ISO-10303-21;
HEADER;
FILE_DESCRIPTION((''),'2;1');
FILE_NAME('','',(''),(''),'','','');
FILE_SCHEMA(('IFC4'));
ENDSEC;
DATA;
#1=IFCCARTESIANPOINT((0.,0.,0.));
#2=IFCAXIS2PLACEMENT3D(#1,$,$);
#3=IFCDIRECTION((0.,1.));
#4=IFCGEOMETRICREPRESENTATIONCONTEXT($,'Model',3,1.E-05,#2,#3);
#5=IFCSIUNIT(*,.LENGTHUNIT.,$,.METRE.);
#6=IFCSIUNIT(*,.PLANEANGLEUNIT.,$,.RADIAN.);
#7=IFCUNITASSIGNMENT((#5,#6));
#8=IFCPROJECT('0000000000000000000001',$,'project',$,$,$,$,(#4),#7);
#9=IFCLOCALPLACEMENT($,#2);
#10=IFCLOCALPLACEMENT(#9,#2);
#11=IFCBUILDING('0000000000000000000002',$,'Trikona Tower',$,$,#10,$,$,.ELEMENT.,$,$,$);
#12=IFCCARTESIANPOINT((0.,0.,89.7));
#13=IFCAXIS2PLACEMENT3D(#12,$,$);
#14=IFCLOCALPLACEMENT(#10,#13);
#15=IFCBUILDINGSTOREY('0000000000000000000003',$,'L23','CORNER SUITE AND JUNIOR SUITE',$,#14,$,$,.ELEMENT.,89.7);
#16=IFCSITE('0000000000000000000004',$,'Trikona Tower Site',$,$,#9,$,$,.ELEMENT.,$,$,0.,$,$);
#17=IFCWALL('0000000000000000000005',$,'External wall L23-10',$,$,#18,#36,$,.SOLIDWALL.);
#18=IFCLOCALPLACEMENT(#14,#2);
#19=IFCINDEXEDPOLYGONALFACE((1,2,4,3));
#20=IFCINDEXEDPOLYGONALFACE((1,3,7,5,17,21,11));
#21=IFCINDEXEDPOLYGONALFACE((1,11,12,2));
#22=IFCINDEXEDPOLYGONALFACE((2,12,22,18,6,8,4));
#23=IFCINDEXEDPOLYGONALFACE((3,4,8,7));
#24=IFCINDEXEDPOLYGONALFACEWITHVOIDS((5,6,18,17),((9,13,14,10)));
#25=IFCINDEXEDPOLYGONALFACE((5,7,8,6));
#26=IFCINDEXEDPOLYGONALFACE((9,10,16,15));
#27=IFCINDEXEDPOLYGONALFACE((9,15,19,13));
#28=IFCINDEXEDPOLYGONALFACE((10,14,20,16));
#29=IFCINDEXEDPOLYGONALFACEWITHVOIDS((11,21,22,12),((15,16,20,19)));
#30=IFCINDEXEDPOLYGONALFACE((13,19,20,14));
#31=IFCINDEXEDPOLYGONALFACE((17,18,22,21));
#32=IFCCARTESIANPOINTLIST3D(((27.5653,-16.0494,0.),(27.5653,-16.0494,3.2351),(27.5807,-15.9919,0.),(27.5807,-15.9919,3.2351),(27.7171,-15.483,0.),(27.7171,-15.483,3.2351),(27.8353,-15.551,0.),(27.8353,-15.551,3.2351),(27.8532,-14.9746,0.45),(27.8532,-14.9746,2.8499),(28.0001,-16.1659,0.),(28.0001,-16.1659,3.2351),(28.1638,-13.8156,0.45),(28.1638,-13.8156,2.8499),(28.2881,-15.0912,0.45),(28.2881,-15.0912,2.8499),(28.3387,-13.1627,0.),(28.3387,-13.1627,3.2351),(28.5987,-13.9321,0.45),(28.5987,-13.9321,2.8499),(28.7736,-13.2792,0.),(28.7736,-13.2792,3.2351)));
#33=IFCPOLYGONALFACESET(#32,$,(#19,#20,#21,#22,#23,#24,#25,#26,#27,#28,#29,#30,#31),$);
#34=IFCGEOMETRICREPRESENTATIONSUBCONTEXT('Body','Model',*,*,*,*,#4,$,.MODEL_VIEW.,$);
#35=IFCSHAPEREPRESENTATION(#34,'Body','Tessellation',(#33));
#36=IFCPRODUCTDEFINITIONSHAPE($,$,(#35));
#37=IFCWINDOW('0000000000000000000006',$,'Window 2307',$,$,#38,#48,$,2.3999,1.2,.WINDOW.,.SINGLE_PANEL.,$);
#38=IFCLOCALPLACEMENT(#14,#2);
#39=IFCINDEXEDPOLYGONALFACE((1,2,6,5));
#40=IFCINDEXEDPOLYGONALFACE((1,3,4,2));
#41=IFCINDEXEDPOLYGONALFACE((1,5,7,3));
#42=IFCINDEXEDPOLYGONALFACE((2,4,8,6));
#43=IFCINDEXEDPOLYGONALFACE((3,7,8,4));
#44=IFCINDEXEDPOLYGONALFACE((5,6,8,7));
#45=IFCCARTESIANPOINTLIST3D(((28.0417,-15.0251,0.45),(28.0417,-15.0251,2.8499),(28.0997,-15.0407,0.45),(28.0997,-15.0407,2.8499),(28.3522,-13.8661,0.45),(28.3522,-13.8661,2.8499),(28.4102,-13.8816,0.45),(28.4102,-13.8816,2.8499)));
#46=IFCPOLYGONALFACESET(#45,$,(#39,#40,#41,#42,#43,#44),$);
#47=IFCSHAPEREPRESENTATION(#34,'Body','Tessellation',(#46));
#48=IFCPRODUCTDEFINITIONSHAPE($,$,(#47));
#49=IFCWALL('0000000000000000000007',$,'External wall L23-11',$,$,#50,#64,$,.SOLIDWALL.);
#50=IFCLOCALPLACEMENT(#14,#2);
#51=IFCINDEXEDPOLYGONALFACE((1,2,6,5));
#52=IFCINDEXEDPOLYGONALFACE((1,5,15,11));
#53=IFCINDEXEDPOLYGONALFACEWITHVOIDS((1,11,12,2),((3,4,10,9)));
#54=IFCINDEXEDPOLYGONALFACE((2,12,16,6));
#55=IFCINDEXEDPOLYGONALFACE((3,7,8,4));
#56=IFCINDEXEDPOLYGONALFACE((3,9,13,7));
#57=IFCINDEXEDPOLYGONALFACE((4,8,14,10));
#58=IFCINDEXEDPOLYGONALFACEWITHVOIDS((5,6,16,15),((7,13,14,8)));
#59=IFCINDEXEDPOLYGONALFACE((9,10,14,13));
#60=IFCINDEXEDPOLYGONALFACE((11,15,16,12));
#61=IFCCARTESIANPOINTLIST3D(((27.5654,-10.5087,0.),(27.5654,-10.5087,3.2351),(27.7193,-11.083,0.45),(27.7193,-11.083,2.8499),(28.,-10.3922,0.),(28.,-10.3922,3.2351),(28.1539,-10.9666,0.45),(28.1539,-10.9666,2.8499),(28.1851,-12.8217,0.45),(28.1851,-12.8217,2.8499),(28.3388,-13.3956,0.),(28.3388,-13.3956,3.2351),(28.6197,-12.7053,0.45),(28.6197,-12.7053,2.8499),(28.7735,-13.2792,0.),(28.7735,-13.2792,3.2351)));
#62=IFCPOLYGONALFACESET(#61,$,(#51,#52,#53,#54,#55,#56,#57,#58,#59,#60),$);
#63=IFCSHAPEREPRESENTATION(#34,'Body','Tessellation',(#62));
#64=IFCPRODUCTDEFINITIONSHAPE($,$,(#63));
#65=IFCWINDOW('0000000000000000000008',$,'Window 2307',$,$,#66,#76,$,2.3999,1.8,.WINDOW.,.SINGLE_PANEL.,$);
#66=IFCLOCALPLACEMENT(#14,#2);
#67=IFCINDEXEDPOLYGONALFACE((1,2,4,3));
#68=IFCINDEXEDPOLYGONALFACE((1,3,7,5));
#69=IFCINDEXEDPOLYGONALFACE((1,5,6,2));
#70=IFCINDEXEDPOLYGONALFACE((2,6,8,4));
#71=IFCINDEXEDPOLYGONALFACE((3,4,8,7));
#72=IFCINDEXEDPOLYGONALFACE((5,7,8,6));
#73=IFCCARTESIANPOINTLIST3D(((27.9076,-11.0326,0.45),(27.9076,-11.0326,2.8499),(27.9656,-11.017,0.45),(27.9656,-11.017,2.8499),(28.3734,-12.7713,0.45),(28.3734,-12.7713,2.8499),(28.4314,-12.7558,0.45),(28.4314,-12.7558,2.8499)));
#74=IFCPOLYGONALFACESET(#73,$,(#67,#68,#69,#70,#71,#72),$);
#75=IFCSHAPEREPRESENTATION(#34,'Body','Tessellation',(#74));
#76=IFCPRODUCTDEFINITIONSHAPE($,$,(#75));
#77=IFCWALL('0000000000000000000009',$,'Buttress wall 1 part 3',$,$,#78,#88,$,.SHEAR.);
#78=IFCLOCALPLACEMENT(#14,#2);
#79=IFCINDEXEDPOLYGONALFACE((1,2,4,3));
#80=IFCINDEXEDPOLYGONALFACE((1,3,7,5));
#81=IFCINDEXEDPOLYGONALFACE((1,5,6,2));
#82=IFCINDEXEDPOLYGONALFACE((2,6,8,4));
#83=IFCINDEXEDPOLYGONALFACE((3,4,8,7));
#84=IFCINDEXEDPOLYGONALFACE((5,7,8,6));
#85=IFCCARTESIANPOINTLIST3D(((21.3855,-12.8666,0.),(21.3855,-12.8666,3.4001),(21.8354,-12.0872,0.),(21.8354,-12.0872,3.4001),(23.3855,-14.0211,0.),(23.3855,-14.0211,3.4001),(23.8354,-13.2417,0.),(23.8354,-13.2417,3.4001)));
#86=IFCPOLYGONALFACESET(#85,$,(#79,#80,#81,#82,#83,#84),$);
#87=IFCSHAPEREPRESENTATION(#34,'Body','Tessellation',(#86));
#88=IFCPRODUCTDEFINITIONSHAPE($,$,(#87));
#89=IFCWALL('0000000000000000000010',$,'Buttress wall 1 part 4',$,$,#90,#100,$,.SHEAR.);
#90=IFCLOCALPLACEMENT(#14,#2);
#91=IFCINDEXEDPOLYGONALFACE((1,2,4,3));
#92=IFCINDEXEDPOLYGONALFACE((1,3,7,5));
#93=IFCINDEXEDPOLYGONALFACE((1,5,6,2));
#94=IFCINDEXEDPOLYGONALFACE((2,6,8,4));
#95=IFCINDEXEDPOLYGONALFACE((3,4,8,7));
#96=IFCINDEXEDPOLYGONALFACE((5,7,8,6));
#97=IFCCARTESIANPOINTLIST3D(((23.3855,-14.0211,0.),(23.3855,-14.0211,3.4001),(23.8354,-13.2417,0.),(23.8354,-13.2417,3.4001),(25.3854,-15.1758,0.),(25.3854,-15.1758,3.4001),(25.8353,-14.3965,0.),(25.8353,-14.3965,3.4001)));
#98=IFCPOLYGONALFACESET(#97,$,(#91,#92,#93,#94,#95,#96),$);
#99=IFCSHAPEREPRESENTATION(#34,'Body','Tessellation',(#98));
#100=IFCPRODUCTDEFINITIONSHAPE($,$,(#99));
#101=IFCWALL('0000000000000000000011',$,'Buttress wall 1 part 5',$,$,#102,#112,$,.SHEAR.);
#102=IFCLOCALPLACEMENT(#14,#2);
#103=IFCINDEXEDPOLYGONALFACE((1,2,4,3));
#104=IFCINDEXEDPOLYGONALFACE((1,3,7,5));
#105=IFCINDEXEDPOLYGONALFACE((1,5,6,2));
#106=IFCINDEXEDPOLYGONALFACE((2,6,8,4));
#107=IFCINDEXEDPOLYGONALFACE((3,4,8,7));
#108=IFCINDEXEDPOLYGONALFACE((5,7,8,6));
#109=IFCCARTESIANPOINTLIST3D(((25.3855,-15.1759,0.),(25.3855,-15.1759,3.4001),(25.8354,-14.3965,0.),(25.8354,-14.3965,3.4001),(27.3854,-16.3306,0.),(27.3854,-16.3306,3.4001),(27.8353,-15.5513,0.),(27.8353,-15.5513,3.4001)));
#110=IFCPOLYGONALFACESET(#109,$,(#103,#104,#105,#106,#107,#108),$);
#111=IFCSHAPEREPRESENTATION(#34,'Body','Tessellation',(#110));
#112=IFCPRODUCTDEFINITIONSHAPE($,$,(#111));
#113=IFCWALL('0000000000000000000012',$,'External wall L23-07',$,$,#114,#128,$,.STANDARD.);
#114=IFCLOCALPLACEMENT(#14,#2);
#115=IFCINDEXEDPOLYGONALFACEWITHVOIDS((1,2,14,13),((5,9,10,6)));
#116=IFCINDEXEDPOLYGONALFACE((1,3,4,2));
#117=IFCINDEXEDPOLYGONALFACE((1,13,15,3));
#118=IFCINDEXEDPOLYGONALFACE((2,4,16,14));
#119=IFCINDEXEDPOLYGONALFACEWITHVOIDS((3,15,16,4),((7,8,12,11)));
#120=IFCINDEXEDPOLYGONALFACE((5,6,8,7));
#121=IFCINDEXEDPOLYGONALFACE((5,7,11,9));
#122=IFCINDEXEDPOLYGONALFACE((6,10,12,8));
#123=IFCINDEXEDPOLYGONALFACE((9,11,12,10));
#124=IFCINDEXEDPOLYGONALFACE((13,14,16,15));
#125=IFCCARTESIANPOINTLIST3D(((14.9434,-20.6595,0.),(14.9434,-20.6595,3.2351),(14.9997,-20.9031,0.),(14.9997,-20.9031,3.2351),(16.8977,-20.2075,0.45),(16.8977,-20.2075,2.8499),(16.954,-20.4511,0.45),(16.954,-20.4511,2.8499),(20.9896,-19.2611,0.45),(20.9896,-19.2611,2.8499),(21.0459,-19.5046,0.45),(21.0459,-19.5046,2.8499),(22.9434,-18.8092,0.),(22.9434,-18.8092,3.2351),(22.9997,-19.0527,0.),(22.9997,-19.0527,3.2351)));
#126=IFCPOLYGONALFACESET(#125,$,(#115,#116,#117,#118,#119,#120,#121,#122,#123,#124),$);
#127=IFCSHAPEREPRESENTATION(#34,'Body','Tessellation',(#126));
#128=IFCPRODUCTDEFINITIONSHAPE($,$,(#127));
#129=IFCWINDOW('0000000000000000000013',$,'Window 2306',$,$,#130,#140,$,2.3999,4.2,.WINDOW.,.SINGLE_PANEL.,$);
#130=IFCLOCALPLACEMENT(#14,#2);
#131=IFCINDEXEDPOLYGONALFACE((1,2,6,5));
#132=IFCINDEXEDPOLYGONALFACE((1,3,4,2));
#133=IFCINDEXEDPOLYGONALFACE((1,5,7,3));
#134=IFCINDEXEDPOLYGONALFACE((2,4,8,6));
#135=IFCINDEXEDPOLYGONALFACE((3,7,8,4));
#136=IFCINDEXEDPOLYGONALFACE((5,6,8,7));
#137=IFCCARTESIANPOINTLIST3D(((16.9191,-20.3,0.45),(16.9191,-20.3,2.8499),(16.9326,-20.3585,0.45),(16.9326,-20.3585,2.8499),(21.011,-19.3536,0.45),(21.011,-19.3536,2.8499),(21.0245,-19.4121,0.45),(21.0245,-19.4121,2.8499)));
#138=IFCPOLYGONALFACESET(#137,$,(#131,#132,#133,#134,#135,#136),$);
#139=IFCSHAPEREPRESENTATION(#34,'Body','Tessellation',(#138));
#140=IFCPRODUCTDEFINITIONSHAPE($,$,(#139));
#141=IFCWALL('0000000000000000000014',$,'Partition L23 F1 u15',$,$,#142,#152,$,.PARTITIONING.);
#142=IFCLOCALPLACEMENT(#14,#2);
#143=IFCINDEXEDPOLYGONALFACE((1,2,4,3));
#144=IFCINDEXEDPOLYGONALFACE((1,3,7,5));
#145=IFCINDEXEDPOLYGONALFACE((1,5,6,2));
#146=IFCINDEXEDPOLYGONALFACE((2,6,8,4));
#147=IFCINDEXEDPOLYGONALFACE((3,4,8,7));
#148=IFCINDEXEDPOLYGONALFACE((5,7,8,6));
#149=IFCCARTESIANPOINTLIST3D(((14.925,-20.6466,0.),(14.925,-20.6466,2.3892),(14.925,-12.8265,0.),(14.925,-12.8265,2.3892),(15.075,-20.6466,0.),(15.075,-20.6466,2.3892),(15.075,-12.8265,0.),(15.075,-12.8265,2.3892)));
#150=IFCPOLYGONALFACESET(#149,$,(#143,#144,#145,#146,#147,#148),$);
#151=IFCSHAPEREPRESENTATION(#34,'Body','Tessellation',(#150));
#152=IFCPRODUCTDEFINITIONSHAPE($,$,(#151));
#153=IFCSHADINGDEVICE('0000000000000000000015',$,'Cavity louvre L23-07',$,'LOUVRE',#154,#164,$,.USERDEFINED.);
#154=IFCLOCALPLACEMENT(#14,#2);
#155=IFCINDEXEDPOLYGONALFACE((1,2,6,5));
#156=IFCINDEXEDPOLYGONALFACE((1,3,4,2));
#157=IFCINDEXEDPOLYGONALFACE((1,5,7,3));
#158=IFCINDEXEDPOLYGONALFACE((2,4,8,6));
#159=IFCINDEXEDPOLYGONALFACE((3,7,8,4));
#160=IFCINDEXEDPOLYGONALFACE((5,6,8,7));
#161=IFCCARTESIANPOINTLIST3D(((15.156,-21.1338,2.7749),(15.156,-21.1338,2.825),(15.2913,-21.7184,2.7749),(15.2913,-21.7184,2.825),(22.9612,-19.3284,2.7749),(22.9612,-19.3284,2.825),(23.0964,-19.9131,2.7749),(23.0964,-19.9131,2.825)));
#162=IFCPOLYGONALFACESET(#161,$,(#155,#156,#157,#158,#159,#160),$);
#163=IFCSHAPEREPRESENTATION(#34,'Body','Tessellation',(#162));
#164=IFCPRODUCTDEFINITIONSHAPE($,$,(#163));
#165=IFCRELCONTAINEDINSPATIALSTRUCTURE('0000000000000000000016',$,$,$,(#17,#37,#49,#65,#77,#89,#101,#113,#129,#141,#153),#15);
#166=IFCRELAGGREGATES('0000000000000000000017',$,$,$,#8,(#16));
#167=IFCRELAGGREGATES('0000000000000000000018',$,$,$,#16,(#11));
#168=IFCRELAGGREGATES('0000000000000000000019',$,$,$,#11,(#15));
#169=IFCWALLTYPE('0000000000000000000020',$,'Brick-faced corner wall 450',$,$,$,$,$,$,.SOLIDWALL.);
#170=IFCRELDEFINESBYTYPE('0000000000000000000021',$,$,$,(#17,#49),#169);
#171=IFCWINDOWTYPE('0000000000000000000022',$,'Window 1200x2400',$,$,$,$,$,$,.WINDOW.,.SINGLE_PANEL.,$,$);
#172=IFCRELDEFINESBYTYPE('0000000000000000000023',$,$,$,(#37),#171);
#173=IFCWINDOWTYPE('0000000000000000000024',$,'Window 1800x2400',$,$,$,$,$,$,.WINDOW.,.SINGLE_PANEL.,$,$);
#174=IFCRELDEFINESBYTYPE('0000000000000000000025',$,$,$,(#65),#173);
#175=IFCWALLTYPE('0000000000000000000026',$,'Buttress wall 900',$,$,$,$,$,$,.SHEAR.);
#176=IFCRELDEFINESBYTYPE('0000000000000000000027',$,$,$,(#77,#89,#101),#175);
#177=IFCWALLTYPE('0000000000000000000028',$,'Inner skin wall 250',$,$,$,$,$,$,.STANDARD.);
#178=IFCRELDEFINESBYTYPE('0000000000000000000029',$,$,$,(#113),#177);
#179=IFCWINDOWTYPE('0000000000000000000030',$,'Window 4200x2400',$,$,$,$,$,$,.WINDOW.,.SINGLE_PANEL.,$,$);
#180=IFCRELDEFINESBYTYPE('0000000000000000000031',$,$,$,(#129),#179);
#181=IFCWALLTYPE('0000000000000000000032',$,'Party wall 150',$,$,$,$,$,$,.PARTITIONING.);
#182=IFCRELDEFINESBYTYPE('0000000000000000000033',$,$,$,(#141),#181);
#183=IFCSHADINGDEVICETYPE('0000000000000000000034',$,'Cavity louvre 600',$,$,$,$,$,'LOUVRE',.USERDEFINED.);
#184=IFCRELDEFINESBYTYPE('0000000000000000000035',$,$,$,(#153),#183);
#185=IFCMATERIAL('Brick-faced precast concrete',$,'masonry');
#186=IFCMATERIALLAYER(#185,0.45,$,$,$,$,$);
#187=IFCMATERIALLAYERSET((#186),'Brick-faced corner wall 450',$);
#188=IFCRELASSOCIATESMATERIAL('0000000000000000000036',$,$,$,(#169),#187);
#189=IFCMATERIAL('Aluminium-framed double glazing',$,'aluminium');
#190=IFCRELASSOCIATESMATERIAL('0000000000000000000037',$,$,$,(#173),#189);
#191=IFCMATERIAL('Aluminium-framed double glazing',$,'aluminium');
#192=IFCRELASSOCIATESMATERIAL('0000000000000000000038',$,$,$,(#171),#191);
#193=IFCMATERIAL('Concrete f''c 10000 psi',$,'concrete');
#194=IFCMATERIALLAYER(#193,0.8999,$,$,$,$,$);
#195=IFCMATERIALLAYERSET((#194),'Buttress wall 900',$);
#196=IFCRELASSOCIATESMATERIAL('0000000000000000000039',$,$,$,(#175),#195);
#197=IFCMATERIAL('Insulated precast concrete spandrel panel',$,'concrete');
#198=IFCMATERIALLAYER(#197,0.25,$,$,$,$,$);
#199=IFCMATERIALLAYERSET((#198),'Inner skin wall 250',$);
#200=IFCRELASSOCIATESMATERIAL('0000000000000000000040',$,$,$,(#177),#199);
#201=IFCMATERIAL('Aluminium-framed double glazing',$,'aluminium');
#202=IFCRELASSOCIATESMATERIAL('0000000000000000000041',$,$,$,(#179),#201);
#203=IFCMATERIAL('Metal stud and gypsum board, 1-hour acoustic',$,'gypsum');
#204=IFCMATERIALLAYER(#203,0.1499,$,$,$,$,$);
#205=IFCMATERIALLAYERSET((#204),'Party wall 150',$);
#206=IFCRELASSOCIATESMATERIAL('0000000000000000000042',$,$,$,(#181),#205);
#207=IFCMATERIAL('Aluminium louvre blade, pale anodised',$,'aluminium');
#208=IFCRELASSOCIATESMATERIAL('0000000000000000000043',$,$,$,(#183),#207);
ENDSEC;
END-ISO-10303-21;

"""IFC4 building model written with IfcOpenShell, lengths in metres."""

from ifc_helpers import new_model, si_unit, direction, frame, frame_2d, origin, origin_2d, place, context, subcontext, project, spatial, polyline, rectangle, outline, extrude, material, layer, layer_set, type_object, element, fill, save


model = new_model("IFC4")

# Units and contexts
model_context = context("Model", 3, precision=1e-05, world=origin(), true_north=direction((0.0, 1.0)))
body_context = subcontext(model_context, "Body", "Model", "MODEL_VIEW")
ifc_project = project(units=[si_unit("LENGTHUNIT", "METRE"), si_unit("PLANEANGLEUNIT", "RADIAN")], contexts=[model_context])

# Site, building, storey
site_placement = place(None, origin())
site = spatial("IfcSite", under=ifc_project, at=site_placement, Name="Trikona Tower Site", CompositionType="ELEMENT", RefElevation=0.0)
building_placement = place(site_placement, origin())
building = spatial("IfcBuilding", under=site, at=building_placement, Name="Trikona Tower", CompositionType="ELEMENT")
storey_placement = place(building_placement, frame((0.0, 0.0, 89.7)))
storey = spatial("IfcBuildingStorey", under=building, at=storey_placement, Name="L23", Description="CORNER SUITE AND JUNIOR SUITE", CompositionType="ELEMENT", Elevation=89.7)

# Walls, openings, windows
ifc_material_1 = material(Name="Brick-faced precast concrete", Category="masonry")
ifc_layer_1 = layer(ifc_material_1, 0.45)
ifc_layer_set_1 = layer_set([ifc_layer_1], Name="Brick-faced corner wall 450")
wall_type_1 = type_object("IfcWallType", Name="Brick-faced corner wall 450", PredefinedType="SOLIDWALL", material=ifc_layer_set_1)
ifc_material_2 = material(Name="Aluminium-framed double glazing", Category="aluminium")
window_type_1 = type_object("IfcWindowType", Name="Window 1800x2400", PartitioningType="SINGLE_PANEL", PredefinedType="WINDOW", material=ifc_material_2)
ifc_material_3 = material(Name="Aluminium-framed double glazing", Category="aluminium")
window_type_2 = type_object("IfcWindowType", Name="Window 1200x2400", PartitioningType="SINGLE_PANEL", PredefinedType="WINDOW", material=ifc_material_3)
wall_1_placement = place(storey_placement, frame((27.7827, -16.1077, 0.0), z_axis=(0.0, 0.0, 1.0), x_axis=(0.258801, 0.965931, 0.0)))
wall_1 = element("IfcWall", 1, at=wall_1_placement, inside=storey, type_object=wall_type_1, Name="External wall L23-10", PredefinedType="SOLIDWALL", context=body_context, shape_type="SweptSolid", body=[
    extrude(outline(polyline([(2.9885, 0.2251), (0.5864, 0.2251), (0.5513, 0.0933), (0.0596, 0.2251), (0.0, 0.2251), (0.0, -0.2251), (2.9885, -0.2251), (2.9885, 0.2251)])), origin(), (0.0, 0.0, 1.0), 3.2351),
])
opening_1_placement = place(wall_1_placement, frame((1.1125, 0.0, 0.45)))
opening_1 = element("IfcOpeningElement", 2, at=opening_1_placement, cuts=wall_1, PredefinedType="OPENING", context=body_context, shape_type="SweptSolid", body=[
    extrude(rectangle(XDim=1.2, YDim=2.3999, at=frame_2d((0.6001, 1.2))), frame((0.0, 0.2349, 0.0), z_axis=(0.0, -1.0, 0.0), x_axis=(1.0, 0.0, 0.0)), (0.0, 0.0, 1.0), 0.47),
])
window_1_placement = place(opening_1_placement, origin())
window_1 = element("IfcWindow", 3, at=window_1_placement, inside=storey, type_object=window_type_2, Name="Window 2307", OverallHeight=2.3999, OverallWidth=1.2, PartitioningType="SINGLE_PANEL", PredefinedType="WINDOW", context=body_context, shape_type="SweptSolid", body=[
    extrude(rectangle(XDim=1.2, YDim=2.3999, at=frame_2d((0.6001, 1.2))), frame((0.0, 0.03, 0.0), z_axis=(0.0, -1.0, 0.0), x_axis=(1.0, 0.0, 0.0)), (0.0, 0.0, 1.0), 0.0601),
])
fill(opening_1, window_1)
wall_2_placement = place(storey_placement, frame((28.5562, -13.3374, 0.0), z_axis=(0.0, 0.0, 1.0), x_axis=(-0.258781, 0.965936, 0.0)))
wall_2 = element("IfcWall", 4, at=wall_2_placement, inside=storey, type_object=wall_type_1, Name="External wall L23-11", PredefinedType="SOLIDWALL", context=body_context, shape_type="SweptSolid", body=[
    extrude(rectangle(XDim=2.9888, YDim=0.45, at=frame_2d((1.4944, 0.0))), origin(), (0.0, 0.0, 1.0), 3.2351),
])
opening_2_placement = place(wall_2_placement, frame((0.5942, 0.0, 0.45)))
opening_2 = element("IfcOpeningElement", 5, at=opening_2_placement, cuts=wall_2, PredefinedType="OPENING", context=body_context, shape_type="SweptSolid", body=[
    extrude(rectangle(XDim=1.8, YDim=2.3999, at=frame_2d((0.8999, 1.2))), frame((0.0, 0.2349, 0.0), z_axis=(0.0, -1.0, 0.0), x_axis=(1.0, 0.0, 0.0)), (0.0, 0.0, 1.0), 0.47),
])
window_2_placement = place(opening_2_placement, origin())
window_2 = element("IfcWindow", 6, at=window_2_placement, inside=storey, type_object=window_type_1, Name="Window 2307", OverallHeight=2.3999, OverallWidth=1.8, PartitioningType="SINGLE_PANEL", PredefinedType="WINDOW", context=body_context, shape_type="SweptSolid", body=[
    extrude(rectangle(XDim=1.8, YDim=2.3999, at=frame_2d((0.8999, 1.2))), frame((0.0, 0.03, 0.0), z_axis=(0.0, -1.0, 0.0), x_axis=(1.0, 0.0, 0.0)), (0.0, 0.0, 1.0), 0.0601),
])
fill(opening_2, window_2)

# Walls
ifc_material_4 = material(Name="Concrete f'c 10000 psi", Category="concrete")
ifc_layer_2 = layer(ifc_material_4, 0.8999)
ifc_layer_set_2 = layer_set([ifc_layer_2], Name="Buttress wall 900")
wall_type_2 = type_object("IfcWallType", Name="Buttress wall 900", PredefinedType="SHEAR", material=ifc_layer_set_2)
for number, where, z_axis, x_axis, name in (
    (7, (21.6104, -12.4768, 0.0), (0.0, 0.0, 1.0), (0.866055, -0.499948, 0.0), "Buttress wall 1 part 3"),
    (8, (23.6104, -13.6313, 0.0), (0.0, 0.0, 1.0), (0.86601, -0.500027, 0.0), "Buttress wall 1 part 4"),
    (9, (25.6104, -14.7861, 0.0), (0.0, 0.0, 1.0), (0.86601, -0.500027, 0.0), "Buttress wall 1 part 5"),
):
    element("IfcWall", number, at=place(storey_placement, frame(where, z_axis=z_axis, x_axis=x_axis)), inside=storey, type_object=wall_type_2, Name=name, PredefinedType="SHEAR", context=body_context, shape_type="SweptSolid", body=[
        extrude(rectangle(XDim=2.3093, YDim=0.8999, at=frame_2d((1.1548, 0.0))), origin(), (0.0, 0.0, 1.0), 3.4001),
    ])

# Wall, opening, window
ifc_material_5 = material(Name="Insulated precast concrete spandrel panel", Category="concrete")
ifc_layer_3 = layer(ifc_material_5, 0.25)
ifc_layer_set_3 = layer_set([ifc_layer_3], Name="Inner skin wall 250")
wall_type_3 = type_object("IfcWallType", Name="Inner skin wall 250", PredefinedType="STANDARD", material=ifc_layer_set_3)
wall_3_placement = place(storey_placement, frame((14.9717, -20.7812, 0.0), z_axis=(0.0, 0.0, 1.0), x_axis=(0.974279, 0.225344, 0.0)))
wall_3 = element("IfcWall", 10, at=wall_3_placement, inside=storey, type_object=wall_type_3, Name="External wall L23-07", PredefinedType="STANDARD", context=body_context, shape_type="SweptSolid", body=[
    extrude(rectangle(XDim=8.2112, YDim=0.25, at=frame_2d((4.1055, 0.0))), origin(), (0.0, 0.0, 1.0), 3.2351),
])
opening_3_placement = place(wall_3_placement, frame((2.0056, 0.0, 0.45)))
opening_3 = element("IfcOpeningElement", 11, at=opening_3_placement, cuts=wall_3, PredefinedType="OPENING", context=body_context, shape_type="SweptSolid", body=[
    extrude(rectangle(XDim=4.2, YDim=2.3999, at=frame_2d((2.1001, 1.2))), frame((0.0, 0.135, 0.0), z_axis=(0.0, -1.0, 0.0), x_axis=(1.0, 0.0, 0.0)), (0.0, 0.0, 1.0), 0.27),
])
ifc_material_6 = material(Name="Aluminium-framed double glazing", Category="aluminium")
window_type_3 = type_object("IfcWindowType", Name="Window 4200x2400", PartitioningType="SINGLE_PANEL", PredefinedType="WINDOW", material=ifc_material_6)
window_3_placement = place(opening_3_placement, origin())
window_3 = element("IfcWindow", 12, at=window_3_placement, inside=storey, type_object=window_type_3, Name="Window 2306", OverallHeight=2.3999, OverallWidth=4.2, PartitioningType="SINGLE_PANEL", PredefinedType="WINDOW", context=body_context, shape_type="SweptSolid", body=[
    extrude(rectangle(XDim=4.2, YDim=2.3999, at=frame_2d((2.1001, 1.2))), frame((0.0, 0.03, 0.0), z_axis=(0.0, -1.0, 0.0), x_axis=(1.0, 0.0, 0.0)), (0.0, 0.0, 1.0), 0.0601),
])
fill(opening_3, window_3)

# Wall
ifc_material_7 = material(Name="Metal stud and gypsum board, 1-hour acoustic", Category="gypsum")
ifc_layer_4 = layer(ifc_material_7, 0.1499)
ifc_layer_set_4 = layer_set([ifc_layer_4], Name="Party wall 150")
wall_type_4 = type_object("IfcWallType", Name="Party wall 150", PredefinedType="PARTITIONING", material=ifc_layer_set_4)
wall_4_placement = place(storey_placement, frame((15.0, -12.8264, 0.0), z_axis=(0.0, 0.0, 1.0), x_axis=(0.0, -1.0, 0.0)))
element("IfcWall", 13, at=wall_4_placement, inside=storey, type_object=wall_type_4, Name="Partition L23 F1 u15", PredefinedType="PARTITIONING", context=body_context, shape_type="SweptSolid", body=[
    extrude(rectangle(XDim=7.8201, YDim=0.1499, at=frame_2d((3.9102, 0.0))), origin(), (0.0, 0.0, 1.0), 2.3892),
])

# Shading device
ifc_material_8 = material(Name="Aluminium louvre blade, pale anodised", Category="aluminium")
shading_device_type = type_object("IfcShadingDeviceType", Name="Cavity louvre 600", ElementType="LOUVRE", PredefinedType="USERDEFINED", material=ifc_material_8)
shading_device_placement = place(storey_placement, frame((19.1262, -20.5234, 2.7749), z_axis=(0.0, 0.0, 1.0), x_axis=(0.974278, 0.225351, 0.0)))
element("IfcShadingDevice", 14, at=shading_device_placement, inside=storey, type_object=shading_device_type, Name="Cavity louvre L23-07", ObjectType="LOUVRE", PredefinedType="USERDEFINED", context=body_context, shape_type="SweptSolid", body=[
    extrude(rectangle(XDim=8.0112, YDim=0.6001, at=origin_2d()), origin(), (0.0, 0.0, 1.0), 0.05),
])

save(model, "model.ifc")
